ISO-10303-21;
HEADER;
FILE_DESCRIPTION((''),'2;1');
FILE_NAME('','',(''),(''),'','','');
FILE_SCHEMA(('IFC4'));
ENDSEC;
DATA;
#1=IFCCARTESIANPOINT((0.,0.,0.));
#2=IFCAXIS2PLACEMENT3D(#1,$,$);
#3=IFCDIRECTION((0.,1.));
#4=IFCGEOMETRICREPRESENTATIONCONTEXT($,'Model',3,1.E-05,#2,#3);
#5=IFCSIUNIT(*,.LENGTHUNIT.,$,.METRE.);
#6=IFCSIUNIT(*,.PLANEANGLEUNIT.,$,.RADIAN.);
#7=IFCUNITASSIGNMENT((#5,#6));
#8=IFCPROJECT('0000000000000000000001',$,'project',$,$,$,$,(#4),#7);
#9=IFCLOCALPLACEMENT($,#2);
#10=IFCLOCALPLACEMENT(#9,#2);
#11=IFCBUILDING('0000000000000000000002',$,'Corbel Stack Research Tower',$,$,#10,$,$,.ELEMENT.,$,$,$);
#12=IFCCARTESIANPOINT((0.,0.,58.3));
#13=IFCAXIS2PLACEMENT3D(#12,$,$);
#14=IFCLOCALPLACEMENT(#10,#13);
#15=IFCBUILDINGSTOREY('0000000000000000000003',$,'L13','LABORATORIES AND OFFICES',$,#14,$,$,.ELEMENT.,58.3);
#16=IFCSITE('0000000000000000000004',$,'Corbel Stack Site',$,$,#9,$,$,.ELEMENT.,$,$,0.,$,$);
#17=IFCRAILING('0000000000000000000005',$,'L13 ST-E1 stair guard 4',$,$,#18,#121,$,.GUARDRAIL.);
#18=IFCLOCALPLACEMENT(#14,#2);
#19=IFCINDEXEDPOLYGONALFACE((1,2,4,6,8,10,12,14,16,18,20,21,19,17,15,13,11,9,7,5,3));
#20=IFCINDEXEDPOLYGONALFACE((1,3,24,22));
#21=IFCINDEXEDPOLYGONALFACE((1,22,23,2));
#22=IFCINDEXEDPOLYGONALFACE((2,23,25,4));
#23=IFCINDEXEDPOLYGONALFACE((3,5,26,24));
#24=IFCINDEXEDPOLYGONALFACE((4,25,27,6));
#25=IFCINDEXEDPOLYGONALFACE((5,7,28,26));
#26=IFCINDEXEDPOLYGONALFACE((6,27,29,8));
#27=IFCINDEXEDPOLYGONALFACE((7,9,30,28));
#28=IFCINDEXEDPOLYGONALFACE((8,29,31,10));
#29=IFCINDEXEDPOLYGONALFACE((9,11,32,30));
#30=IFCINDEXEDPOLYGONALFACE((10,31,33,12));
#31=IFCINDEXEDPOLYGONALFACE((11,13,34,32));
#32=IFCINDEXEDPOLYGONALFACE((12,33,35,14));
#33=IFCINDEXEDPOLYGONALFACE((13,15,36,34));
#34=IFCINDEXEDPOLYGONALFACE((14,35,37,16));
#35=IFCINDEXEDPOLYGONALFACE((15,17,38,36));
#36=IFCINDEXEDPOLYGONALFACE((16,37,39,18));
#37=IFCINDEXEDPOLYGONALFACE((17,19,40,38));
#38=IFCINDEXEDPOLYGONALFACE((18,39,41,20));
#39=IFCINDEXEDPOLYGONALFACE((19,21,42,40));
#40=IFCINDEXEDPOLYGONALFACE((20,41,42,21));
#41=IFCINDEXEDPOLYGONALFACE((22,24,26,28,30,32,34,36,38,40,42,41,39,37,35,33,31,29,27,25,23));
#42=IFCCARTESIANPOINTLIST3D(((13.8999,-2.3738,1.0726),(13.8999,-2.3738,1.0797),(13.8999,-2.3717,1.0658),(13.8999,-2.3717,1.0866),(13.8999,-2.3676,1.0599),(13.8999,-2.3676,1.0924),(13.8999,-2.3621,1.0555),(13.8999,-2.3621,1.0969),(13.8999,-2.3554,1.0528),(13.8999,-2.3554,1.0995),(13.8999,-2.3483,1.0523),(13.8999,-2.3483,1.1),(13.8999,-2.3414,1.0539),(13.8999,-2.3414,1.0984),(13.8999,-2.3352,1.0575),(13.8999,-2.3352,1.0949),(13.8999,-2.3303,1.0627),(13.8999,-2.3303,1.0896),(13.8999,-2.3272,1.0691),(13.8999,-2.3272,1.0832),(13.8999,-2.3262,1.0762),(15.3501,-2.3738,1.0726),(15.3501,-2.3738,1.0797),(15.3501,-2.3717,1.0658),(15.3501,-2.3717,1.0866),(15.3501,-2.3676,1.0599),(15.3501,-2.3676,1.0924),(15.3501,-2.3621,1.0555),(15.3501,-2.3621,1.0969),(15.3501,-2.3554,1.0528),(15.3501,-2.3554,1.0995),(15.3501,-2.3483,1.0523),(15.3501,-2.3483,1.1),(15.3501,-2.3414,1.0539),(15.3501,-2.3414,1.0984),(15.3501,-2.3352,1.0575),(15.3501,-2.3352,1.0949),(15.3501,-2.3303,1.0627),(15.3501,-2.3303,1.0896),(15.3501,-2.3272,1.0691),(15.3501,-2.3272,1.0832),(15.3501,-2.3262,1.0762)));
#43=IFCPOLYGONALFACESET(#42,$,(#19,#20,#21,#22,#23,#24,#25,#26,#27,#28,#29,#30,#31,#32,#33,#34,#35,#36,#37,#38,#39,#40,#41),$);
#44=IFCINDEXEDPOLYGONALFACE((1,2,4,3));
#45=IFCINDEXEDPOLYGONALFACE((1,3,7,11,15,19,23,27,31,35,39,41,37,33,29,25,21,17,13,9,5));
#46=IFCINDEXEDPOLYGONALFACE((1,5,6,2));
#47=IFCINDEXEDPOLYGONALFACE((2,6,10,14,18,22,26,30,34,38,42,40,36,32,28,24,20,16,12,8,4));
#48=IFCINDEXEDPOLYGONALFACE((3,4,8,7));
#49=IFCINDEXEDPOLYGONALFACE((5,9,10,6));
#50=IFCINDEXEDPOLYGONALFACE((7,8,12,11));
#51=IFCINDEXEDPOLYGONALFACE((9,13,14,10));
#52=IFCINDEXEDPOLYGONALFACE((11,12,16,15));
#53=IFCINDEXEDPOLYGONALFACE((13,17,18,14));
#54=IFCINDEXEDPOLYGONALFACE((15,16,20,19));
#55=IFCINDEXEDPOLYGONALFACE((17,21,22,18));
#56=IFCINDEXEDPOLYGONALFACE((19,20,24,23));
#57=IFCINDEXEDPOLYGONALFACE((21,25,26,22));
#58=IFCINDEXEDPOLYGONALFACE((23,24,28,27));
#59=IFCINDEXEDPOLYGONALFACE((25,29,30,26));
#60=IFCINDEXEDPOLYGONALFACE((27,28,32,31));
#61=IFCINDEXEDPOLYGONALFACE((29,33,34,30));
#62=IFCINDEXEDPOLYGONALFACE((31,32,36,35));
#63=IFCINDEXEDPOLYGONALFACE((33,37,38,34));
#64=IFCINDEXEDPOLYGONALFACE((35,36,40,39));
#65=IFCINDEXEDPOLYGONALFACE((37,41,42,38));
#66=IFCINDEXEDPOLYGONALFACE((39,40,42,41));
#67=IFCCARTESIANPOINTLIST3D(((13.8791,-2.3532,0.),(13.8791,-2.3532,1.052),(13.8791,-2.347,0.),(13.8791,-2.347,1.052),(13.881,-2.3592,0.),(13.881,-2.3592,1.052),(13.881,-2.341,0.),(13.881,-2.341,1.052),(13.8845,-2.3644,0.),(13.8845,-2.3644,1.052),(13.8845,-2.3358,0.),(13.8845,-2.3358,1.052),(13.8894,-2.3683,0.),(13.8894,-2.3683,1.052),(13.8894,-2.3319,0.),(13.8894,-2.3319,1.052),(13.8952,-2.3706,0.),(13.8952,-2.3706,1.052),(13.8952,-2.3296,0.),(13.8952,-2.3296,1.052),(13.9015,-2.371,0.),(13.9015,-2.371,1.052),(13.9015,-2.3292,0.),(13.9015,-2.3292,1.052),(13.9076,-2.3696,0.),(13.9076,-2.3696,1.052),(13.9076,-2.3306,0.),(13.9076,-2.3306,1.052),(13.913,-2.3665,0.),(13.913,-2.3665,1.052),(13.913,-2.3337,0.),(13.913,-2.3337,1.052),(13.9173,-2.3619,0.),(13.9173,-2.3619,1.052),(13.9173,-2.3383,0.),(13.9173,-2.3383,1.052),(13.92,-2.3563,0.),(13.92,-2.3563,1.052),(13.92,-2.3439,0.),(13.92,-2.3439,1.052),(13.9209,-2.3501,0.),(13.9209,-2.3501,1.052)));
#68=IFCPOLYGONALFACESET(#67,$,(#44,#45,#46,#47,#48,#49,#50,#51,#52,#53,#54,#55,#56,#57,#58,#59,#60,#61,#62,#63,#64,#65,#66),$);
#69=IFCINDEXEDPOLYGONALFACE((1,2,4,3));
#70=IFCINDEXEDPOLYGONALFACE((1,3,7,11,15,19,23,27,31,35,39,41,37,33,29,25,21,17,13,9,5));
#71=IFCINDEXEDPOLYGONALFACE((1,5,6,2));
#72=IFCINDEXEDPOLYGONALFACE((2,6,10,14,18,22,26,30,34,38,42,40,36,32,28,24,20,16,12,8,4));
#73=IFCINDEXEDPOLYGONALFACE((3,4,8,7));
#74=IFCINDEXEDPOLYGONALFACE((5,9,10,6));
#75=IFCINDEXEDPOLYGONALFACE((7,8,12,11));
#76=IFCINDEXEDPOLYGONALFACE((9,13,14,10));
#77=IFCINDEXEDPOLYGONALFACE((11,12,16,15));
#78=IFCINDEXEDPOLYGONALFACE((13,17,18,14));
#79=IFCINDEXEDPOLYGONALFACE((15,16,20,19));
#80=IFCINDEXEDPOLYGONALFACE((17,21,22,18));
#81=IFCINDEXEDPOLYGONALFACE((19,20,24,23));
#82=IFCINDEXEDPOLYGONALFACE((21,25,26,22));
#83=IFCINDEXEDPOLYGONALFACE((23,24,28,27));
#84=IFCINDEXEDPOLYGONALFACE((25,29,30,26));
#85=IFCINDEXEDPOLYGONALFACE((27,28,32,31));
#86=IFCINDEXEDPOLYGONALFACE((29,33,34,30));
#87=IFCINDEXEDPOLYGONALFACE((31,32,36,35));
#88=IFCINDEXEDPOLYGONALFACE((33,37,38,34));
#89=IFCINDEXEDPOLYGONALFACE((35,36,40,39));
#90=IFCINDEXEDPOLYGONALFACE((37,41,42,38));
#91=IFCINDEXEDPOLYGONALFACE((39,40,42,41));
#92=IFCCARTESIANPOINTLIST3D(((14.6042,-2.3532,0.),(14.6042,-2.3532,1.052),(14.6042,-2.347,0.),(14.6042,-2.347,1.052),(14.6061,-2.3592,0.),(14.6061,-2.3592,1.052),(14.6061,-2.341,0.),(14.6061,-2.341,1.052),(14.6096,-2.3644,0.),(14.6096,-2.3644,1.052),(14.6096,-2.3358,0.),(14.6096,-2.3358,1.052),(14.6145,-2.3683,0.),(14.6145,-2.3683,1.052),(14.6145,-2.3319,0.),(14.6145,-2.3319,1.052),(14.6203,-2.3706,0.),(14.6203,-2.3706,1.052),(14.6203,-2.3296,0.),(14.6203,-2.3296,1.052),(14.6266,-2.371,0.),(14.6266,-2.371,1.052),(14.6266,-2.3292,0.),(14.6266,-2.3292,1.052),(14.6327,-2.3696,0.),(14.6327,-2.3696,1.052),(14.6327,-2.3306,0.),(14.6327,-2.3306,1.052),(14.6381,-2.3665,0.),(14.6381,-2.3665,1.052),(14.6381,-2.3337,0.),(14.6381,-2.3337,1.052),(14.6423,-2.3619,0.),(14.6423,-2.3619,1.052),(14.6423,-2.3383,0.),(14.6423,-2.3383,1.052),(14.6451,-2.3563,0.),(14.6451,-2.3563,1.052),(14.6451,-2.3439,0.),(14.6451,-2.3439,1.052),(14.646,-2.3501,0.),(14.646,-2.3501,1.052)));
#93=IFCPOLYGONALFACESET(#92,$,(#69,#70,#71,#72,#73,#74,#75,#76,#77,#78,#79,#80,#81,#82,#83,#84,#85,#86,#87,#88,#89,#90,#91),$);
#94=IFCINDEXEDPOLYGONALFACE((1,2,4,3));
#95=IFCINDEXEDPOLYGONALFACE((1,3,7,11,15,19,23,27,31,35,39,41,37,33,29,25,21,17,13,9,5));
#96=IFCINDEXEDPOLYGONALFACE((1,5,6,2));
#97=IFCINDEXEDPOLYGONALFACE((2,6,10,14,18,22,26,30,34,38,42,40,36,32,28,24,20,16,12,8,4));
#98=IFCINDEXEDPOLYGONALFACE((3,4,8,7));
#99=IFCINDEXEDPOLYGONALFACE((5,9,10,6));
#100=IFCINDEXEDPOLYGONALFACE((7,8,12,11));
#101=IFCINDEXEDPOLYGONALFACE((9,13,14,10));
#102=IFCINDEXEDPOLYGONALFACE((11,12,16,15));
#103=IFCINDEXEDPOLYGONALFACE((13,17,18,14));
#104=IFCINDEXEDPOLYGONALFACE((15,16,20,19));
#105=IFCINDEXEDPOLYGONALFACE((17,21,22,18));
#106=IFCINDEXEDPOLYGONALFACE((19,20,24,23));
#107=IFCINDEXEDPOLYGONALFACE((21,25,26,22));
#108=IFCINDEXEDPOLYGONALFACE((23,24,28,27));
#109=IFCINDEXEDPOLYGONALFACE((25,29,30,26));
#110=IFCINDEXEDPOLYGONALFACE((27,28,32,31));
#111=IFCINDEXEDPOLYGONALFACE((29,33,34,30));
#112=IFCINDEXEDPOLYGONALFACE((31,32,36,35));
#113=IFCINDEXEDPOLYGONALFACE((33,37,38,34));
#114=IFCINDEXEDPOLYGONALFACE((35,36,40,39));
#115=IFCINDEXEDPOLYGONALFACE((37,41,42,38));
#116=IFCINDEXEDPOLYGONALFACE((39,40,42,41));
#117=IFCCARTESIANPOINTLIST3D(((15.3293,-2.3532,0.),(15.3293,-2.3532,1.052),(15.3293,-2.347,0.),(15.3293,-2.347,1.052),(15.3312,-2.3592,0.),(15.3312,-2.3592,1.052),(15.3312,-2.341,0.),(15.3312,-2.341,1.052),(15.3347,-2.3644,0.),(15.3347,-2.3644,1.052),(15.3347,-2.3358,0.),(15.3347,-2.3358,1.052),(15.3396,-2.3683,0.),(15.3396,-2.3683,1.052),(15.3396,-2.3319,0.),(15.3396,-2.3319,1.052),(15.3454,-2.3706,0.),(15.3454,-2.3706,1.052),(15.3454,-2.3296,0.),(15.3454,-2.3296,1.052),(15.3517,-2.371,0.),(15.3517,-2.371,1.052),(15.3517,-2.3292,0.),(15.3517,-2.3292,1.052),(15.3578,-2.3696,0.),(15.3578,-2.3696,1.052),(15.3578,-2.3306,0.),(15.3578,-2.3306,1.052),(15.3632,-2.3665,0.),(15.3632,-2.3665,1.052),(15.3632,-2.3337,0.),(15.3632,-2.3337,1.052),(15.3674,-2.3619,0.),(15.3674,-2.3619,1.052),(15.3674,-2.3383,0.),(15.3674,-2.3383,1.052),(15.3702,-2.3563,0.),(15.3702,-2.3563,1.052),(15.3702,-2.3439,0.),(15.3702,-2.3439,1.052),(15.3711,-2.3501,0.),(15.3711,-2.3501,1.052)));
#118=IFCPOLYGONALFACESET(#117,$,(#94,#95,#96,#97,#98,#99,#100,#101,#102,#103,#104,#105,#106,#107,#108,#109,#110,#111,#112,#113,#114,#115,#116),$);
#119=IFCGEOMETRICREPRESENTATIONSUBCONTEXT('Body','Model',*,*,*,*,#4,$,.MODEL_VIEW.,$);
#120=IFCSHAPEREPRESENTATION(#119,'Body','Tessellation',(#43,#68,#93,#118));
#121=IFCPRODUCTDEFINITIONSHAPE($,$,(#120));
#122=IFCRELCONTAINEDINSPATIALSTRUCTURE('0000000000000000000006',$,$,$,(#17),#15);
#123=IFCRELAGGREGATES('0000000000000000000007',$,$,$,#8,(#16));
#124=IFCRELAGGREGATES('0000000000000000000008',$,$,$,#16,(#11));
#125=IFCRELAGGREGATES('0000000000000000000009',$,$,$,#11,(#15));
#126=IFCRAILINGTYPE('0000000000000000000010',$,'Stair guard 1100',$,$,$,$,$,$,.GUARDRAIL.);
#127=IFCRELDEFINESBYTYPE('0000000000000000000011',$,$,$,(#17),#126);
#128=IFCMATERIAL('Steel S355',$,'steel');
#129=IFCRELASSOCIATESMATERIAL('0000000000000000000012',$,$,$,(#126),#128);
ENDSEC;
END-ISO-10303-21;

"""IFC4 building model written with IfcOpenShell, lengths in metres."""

from ifc_helpers import new_model, si_unit, direction, frame, origin, origin_2d, place, context, subcontext, project, spatial, circle, extrude, material, type_object, element, save


model = new_model("IFC4")

# Units and contexts
model_context = context("Model", 3, precision=1e-05, world=origin(), true_north=direction((0.0, 1.0)))
body_context = subcontext(model_context, "Body", "Model", "MODEL_VIEW")
ifc_project = project(units=[si_unit("LENGTHUNIT", "METRE"), si_unit("PLANEANGLEUNIT", "RADIAN")], contexts=[model_context])

# Site, building, storey
site_placement = place(None, origin())
site = spatial("IfcSite", under=ifc_project, at=site_placement, Name="Corbel Stack Site", CompositionType="ELEMENT", RefElevation=0.0)
building_placement = place(site_placement, origin())
building = spatial("IfcBuilding", under=site, at=building_placement, Name="Corbel Stack Research Tower", CompositionType="ELEMENT")
storey_placement = place(building_placement, frame((0.0, 0.0, 58.3)))
storey = spatial("IfcBuildingStorey", under=building, at=storey_placement, Name="L13", Description="LABORATORIES AND OFFICES", CompositionType="ELEMENT", Elevation=58.3)

# Railing
ifc_material_1 = material(Name="Steel S355", Category="steel")
railing_type_1 = type_object("IfcRailingType", Name="Stair guard 1100", PredefinedType="GUARDRAIL", material=ifc_material_1)
railing_1_placement = place(storey_placement, frame((13.8999, -2.3501, 0.0)))
element("IfcRailing", 1, at=railing_1_placement, inside=storey, type_object=railing_type_1, Name="L13 ST-E1 stair guard 4", PredefinedType="GUARDRAIL", context=body_context, shape_type="SweptSolid", body=[
    extrude(circle(Radius=0.0239, at=origin_2d()), frame((0.0, 0.0, 1.0762), z_axis=(1.0, 0.0, 0.0), x_axis=(0.0, 1.0, 0.0)), (0.0, 0.0, 1.0), 1.4502),
    extrude(circle(Radius=0.021, at=origin_2d()), origin(), (0.0, 0.0, 1.0), 1.052),
    extrude(circle(Radius=0.021, at=origin_2d()), frame((0.7251, 0.0, 0.0)), (0.0, 0.0, 1.0), 1.052),
    extrude(circle(Radius=0.021, at=origin_2d()), frame((1.4502, 0.0, 0.0)), (0.0, 0.0, 1.0), 1.052),
])

save(model, "model.ifc")
